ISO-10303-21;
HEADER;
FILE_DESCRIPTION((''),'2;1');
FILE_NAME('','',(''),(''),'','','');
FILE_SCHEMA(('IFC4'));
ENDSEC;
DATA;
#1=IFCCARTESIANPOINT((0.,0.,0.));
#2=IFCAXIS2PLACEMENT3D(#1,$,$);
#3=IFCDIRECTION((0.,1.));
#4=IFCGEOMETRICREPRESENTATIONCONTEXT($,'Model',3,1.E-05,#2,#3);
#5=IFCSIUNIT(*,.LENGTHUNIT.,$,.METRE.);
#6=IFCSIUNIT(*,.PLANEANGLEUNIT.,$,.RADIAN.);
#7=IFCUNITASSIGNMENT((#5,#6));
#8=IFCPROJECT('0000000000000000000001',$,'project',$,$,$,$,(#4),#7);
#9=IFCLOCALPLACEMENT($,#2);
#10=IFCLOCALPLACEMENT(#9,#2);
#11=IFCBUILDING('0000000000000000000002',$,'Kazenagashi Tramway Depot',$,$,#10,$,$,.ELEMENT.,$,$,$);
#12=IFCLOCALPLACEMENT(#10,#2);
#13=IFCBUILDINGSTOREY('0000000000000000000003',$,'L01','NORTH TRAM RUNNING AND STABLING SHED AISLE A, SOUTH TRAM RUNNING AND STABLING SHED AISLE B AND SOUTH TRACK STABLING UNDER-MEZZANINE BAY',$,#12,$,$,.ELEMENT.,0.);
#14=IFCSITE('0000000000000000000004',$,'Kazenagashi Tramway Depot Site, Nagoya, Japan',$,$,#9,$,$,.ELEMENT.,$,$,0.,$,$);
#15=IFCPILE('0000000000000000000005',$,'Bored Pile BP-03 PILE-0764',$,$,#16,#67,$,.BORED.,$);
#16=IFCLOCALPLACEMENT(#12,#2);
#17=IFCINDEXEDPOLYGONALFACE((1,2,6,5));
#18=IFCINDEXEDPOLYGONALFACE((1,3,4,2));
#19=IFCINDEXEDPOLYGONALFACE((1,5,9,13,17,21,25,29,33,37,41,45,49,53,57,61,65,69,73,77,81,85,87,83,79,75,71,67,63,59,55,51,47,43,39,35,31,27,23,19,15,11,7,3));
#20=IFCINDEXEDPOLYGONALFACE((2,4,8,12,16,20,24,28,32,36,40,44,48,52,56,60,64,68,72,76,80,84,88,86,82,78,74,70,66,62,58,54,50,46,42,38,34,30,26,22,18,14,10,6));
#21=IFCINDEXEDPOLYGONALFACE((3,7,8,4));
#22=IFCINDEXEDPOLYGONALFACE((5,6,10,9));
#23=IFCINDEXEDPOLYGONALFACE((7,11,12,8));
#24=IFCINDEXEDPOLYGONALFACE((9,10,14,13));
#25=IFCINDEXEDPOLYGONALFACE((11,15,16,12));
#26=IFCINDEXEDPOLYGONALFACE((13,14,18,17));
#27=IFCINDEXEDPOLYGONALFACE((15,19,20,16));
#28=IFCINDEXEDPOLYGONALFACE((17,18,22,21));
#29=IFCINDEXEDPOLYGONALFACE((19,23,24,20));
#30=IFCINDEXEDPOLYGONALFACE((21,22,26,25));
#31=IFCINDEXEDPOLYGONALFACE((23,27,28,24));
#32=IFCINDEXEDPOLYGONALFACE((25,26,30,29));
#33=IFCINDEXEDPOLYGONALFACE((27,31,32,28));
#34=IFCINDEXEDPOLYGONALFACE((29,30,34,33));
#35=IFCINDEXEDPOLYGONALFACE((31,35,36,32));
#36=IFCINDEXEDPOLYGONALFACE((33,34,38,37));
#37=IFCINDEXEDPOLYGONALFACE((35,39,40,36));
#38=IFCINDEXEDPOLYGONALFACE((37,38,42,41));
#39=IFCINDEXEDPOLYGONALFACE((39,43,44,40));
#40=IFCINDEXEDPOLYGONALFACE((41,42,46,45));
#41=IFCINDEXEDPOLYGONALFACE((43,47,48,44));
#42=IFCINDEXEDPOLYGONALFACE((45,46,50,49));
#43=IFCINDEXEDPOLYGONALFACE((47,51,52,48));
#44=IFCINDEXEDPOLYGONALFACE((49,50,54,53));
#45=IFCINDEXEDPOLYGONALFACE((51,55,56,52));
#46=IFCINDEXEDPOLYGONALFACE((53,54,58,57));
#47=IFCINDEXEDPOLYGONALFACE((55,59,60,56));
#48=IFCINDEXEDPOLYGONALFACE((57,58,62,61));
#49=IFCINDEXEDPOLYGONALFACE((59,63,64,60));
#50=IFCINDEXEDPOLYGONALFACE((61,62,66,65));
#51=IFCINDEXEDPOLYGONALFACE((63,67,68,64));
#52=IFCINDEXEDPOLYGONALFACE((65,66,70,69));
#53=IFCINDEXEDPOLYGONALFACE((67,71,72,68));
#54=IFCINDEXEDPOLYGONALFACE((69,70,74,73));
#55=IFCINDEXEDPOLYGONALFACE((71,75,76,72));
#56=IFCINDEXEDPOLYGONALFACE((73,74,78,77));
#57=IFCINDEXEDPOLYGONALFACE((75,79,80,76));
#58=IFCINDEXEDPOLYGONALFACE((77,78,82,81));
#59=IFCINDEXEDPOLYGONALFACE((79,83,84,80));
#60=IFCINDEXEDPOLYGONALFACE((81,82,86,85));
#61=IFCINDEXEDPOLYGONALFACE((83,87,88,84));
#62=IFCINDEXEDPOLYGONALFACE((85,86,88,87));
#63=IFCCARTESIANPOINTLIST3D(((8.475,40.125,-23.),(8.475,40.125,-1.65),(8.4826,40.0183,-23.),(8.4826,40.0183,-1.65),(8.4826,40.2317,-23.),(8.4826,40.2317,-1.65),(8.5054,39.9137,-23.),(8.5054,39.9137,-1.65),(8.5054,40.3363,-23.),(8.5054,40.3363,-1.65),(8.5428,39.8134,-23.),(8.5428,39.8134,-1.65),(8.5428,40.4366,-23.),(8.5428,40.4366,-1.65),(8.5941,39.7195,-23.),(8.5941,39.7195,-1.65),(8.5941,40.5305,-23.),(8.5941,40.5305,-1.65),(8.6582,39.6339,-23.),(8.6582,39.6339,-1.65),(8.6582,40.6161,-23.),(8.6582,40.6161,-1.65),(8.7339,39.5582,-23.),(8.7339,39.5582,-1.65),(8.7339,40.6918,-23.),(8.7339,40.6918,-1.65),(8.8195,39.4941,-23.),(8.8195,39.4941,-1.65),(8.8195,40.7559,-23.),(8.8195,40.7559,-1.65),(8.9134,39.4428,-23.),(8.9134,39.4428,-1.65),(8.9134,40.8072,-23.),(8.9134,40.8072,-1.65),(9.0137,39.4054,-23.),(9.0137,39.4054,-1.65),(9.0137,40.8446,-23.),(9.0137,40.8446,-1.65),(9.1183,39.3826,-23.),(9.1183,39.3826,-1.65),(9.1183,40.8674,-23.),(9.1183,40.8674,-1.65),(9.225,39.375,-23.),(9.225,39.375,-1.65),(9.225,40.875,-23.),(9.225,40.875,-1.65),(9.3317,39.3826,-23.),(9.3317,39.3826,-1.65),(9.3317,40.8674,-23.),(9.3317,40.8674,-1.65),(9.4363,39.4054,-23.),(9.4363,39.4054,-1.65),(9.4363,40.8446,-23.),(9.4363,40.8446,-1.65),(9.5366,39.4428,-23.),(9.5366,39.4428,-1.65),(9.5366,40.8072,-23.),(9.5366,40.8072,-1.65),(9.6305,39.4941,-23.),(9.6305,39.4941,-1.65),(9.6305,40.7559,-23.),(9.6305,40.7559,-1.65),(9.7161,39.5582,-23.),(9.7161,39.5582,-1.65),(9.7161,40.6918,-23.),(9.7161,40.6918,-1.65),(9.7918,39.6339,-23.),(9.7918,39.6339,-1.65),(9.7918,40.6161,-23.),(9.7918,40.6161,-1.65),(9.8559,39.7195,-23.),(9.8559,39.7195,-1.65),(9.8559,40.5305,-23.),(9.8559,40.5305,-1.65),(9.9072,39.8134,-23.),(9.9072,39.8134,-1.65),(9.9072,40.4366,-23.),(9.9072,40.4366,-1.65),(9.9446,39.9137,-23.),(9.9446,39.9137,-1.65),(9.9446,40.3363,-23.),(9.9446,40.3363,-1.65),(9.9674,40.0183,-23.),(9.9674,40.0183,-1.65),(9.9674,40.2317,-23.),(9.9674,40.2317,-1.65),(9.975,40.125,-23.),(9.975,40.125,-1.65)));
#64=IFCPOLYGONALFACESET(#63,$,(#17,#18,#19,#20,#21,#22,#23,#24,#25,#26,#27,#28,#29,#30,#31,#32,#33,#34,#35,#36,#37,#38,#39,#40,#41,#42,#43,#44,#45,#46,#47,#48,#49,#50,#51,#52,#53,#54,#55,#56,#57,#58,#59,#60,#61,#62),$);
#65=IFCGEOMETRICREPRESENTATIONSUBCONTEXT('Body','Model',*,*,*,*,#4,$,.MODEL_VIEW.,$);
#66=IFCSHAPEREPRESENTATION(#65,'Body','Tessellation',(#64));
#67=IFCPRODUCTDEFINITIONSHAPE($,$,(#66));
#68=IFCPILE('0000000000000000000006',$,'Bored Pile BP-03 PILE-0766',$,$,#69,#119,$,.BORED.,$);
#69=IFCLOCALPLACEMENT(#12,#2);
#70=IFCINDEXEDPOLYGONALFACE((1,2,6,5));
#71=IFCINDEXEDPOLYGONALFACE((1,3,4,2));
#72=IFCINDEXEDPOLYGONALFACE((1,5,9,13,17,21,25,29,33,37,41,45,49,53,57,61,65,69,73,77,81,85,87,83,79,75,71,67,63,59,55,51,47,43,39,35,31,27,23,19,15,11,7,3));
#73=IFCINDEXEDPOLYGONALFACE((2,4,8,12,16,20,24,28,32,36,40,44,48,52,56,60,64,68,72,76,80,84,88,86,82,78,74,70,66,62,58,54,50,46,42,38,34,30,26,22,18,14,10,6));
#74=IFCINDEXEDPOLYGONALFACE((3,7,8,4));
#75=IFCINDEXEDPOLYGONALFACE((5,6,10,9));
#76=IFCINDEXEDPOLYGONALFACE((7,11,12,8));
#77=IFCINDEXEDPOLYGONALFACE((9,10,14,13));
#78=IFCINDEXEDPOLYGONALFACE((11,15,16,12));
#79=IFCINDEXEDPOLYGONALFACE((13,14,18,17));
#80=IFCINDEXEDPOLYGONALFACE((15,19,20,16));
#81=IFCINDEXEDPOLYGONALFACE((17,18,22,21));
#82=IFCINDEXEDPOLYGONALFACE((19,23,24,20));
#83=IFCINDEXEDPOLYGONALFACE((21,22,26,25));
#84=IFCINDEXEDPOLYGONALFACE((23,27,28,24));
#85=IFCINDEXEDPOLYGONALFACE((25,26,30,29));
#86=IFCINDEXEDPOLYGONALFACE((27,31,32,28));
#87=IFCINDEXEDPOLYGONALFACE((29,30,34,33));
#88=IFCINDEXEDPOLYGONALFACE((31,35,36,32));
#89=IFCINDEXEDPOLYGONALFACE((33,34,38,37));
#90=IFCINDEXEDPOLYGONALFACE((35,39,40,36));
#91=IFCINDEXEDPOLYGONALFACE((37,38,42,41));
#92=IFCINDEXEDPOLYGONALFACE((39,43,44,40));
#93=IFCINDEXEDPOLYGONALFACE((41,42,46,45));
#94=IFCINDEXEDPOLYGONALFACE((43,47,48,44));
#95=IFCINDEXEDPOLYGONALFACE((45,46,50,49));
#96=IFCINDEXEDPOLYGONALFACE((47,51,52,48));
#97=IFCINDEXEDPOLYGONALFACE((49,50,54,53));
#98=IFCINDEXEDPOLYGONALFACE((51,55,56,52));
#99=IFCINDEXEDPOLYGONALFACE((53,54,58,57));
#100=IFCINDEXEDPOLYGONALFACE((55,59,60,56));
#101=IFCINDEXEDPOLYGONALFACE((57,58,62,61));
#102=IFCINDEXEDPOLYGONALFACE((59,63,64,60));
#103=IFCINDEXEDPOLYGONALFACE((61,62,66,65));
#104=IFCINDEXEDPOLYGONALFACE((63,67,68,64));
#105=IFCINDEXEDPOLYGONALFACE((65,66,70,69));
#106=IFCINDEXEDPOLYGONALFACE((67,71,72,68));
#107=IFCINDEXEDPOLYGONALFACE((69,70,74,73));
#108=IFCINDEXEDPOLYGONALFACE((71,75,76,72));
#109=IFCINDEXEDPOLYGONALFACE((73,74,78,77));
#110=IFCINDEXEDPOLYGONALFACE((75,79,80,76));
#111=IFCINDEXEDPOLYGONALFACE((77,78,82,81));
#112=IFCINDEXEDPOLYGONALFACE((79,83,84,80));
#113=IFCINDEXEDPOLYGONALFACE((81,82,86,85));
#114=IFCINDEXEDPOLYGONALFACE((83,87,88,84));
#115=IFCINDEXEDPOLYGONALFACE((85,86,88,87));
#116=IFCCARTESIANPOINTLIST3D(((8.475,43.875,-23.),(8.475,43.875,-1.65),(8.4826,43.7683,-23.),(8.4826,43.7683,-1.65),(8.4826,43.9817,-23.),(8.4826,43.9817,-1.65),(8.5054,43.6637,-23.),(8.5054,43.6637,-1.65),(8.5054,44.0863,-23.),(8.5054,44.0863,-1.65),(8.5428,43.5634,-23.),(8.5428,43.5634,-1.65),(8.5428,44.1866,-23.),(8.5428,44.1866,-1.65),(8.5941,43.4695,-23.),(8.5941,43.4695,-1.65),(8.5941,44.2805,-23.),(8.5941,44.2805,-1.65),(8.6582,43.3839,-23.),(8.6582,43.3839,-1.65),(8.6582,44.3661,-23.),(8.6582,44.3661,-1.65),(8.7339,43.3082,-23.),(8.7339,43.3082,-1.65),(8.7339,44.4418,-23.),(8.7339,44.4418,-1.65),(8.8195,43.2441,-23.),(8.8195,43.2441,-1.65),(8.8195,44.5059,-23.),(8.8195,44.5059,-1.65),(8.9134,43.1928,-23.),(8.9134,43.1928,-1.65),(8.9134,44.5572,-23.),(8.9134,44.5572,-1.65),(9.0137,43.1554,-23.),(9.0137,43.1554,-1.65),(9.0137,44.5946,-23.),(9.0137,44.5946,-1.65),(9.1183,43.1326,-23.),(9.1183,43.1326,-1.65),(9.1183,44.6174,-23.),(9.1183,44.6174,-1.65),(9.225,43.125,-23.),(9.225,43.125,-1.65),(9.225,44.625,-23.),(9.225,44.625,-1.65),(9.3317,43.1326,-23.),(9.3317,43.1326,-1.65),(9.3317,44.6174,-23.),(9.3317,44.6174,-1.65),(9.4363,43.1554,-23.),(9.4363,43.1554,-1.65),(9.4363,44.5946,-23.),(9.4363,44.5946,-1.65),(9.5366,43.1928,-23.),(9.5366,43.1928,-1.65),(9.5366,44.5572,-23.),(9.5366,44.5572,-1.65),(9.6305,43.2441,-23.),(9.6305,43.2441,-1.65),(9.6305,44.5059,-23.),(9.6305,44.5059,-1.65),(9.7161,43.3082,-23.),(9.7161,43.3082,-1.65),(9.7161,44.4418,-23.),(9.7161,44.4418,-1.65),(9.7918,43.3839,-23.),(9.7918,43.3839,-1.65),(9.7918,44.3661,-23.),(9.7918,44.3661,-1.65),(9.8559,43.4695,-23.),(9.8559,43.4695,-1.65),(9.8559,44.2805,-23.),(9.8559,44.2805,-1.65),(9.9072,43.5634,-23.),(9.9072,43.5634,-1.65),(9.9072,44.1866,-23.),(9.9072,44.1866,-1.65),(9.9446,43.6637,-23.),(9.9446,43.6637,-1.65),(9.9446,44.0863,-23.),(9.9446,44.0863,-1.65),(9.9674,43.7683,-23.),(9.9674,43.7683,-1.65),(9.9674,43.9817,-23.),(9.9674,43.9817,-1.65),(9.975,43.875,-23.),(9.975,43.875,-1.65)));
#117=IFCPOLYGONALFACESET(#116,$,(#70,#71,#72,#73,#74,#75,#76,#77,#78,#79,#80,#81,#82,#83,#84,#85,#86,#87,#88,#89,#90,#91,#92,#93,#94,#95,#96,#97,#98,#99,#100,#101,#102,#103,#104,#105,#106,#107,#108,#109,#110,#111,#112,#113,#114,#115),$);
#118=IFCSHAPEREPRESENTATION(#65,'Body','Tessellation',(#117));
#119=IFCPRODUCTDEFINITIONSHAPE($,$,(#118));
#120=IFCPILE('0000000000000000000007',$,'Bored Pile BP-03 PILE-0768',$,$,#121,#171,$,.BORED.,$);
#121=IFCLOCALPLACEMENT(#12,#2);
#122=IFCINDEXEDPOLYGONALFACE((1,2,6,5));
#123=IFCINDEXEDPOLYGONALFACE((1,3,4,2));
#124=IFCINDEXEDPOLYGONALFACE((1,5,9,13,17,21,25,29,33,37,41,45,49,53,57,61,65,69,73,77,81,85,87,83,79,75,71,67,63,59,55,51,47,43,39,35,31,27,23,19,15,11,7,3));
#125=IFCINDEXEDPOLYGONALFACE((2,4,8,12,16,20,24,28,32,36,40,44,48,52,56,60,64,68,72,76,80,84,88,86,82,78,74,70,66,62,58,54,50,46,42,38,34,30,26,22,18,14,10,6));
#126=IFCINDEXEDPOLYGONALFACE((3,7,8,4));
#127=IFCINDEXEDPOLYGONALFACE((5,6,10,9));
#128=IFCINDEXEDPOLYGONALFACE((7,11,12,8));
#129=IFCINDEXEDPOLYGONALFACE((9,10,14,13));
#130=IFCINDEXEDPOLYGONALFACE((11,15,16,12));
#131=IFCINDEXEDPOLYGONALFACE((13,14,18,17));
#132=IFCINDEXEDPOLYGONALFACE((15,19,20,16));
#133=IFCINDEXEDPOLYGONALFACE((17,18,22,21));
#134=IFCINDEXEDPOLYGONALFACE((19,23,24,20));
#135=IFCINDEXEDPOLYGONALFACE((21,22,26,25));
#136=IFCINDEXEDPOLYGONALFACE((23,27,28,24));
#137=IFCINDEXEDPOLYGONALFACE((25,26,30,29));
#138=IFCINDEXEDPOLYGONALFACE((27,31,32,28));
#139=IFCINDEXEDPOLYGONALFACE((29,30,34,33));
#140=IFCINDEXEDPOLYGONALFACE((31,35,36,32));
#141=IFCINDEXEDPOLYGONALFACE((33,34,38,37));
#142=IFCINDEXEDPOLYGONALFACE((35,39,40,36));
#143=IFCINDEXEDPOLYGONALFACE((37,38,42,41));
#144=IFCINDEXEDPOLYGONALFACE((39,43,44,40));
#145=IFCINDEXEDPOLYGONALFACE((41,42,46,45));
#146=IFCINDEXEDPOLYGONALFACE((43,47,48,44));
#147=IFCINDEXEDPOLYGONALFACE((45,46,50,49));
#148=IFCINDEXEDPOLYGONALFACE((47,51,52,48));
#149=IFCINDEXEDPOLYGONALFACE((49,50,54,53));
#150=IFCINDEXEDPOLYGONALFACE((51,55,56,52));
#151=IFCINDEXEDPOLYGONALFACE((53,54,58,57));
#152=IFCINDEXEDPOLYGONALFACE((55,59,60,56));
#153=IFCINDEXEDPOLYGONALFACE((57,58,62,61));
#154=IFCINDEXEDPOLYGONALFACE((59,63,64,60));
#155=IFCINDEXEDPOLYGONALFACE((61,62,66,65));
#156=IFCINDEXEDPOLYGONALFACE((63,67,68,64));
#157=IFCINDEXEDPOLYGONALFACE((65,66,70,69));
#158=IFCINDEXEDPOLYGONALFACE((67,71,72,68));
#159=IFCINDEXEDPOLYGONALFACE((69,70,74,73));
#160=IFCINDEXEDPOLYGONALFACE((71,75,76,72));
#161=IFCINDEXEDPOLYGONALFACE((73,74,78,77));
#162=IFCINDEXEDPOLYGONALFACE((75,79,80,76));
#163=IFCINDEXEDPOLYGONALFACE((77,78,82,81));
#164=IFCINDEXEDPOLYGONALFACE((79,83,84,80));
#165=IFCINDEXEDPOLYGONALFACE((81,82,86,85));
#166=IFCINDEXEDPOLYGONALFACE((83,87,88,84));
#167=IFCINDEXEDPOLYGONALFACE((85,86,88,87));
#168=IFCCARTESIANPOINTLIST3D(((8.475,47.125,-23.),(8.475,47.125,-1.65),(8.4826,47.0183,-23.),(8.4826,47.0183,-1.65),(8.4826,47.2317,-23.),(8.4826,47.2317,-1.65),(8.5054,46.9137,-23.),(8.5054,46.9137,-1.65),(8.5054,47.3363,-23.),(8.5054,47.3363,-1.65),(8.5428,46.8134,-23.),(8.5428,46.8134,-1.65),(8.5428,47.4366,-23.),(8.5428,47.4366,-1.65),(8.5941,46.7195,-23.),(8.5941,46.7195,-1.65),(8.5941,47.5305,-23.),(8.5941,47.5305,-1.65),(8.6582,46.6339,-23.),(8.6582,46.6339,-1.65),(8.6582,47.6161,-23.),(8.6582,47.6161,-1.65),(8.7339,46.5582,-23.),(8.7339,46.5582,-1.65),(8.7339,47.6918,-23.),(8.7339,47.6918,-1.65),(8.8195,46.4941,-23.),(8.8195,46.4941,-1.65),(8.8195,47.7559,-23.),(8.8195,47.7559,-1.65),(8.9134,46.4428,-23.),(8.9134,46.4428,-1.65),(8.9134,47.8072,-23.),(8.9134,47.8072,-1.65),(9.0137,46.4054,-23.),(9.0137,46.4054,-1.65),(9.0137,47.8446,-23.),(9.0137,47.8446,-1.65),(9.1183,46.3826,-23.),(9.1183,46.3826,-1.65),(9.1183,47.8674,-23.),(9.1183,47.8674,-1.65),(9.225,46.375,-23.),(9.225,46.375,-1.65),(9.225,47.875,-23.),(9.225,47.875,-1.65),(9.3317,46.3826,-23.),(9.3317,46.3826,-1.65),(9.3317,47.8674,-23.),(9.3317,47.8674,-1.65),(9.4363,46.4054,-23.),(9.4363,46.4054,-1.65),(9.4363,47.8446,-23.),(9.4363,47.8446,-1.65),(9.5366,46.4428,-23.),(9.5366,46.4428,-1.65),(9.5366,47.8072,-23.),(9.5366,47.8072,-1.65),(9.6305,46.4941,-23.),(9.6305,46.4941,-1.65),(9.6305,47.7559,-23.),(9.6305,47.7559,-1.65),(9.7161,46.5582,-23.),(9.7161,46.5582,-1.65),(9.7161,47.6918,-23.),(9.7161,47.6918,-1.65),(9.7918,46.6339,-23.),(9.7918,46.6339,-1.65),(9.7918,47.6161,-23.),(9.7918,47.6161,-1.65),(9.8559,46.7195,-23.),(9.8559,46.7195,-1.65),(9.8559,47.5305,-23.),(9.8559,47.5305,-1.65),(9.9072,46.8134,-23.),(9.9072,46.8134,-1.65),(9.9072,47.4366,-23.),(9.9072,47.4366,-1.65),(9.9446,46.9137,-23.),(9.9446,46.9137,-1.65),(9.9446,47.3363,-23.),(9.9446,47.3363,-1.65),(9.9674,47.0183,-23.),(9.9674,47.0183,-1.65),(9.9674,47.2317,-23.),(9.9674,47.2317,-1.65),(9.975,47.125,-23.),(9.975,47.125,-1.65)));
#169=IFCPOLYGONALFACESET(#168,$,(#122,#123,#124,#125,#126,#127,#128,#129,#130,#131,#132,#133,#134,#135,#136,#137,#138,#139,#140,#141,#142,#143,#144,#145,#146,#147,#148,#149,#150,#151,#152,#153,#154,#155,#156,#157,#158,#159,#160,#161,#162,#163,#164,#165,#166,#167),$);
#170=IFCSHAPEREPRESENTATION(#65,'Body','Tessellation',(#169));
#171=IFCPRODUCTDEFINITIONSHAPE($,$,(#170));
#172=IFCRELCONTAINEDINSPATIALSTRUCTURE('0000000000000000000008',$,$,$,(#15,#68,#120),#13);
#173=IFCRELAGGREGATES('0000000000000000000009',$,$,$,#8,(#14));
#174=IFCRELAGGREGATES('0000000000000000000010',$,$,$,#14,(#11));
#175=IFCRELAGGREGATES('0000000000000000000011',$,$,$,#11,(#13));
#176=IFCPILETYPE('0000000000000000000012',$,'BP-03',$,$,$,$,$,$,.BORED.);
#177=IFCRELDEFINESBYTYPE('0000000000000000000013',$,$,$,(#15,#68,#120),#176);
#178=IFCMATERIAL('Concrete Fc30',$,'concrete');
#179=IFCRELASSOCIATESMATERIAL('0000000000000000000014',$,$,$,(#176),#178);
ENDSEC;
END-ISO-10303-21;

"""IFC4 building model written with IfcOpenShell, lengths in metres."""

from ifc_helpers import new_model, si_unit, direction, frame, origin, origin_2d, place, context, subcontext, project, spatial, circle, extrude, material, material_profile, profile_set, type_object, element, save


model = new_model("IFC4")

# Units and contexts
model_context = context("Model", 3, precision=1e-05, world=origin(), true_north=direction((0.0, 1.0)))
body_context = subcontext(model_context, "Body", "Model", "MODEL_VIEW")
ifc_project = project(units=[si_unit("LENGTHUNIT", "METRE"), si_unit("PLANEANGLEUNIT", "RADIAN")], contexts=[model_context])

# Site, building, storey
site_placement = place(None, origin())
site = spatial("IfcSite", under=ifc_project, at=site_placement, Name="Kazenagashi Tramway Depot Site, Nagoya, Japan", CompositionType="ELEMENT", RefElevation=0.0)
building_placement = place(site_placement, origin())
building = spatial("IfcBuilding", under=site, at=building_placement, Name="Kazenagashi Tramway Depot", CompositionType="ELEMENT")
storey_placement = place(building_placement, origin())
storey = spatial("IfcBuildingStorey", under=building, at=storey_placement, Name="L01", Description="NORTH TRAM RUNNING AND STABLING SHED AISLE A, SOUTH TRAM RUNNING AND STABLING SHED AISLE B AND SOUTH TRACK STABLING UNDER-MEZZANINE BAY", CompositionType="ELEMENT", Elevation=0.0)

# Piles
ifc_material_1 = material(Name="Concrete Fc30", Category="concrete")
ifc_material_profile_1 = material_profile(ifc_material_1, circle(Radius=0.75, at=origin_2d()), Name="PILE-1500")
ifc_profile_set_1 = profile_set([ifc_material_profile_1], Name="Concrete Fc30")
pile_type = type_object("IfcPileType", Name="BP-03", PredefinedType="BORED", material=ifc_profile_set_1)
for number, where, z_axis, x_axis, name in (
    (1, (9.225, 40.125, -1.65), (0.0, 0.0, -1.0), (1.0, 0.0, 0.0), "Bored Pile BP-03 PILE-0764"),
    (2, (9.225, 43.875, -1.65), (0.0, 0.0, -1.0), (1.0, 0.0, 0.0), "Bored Pile BP-03 PILE-0766"),
    (3, (9.225, 47.125, -1.65), (0.0, 0.0, -1.0), (1.0, 0.0, 0.0), "Bored Pile BP-03 PILE-0768"),
):
    element("IfcPile", number, at=place(storey_placement, frame(where, z_axis=z_axis, x_axis=x_axis)), inside=storey, type_object=pile_type, Name=name, PredefinedType="BORED", context=body_context, shape_type="SweptSolid", body=[
        extrude(circle(Radius=0.75, at=origin_2d()), origin(), (0.0, 0.0, 1.0), 21.35),
    ])

save(model, "model.ifc")
